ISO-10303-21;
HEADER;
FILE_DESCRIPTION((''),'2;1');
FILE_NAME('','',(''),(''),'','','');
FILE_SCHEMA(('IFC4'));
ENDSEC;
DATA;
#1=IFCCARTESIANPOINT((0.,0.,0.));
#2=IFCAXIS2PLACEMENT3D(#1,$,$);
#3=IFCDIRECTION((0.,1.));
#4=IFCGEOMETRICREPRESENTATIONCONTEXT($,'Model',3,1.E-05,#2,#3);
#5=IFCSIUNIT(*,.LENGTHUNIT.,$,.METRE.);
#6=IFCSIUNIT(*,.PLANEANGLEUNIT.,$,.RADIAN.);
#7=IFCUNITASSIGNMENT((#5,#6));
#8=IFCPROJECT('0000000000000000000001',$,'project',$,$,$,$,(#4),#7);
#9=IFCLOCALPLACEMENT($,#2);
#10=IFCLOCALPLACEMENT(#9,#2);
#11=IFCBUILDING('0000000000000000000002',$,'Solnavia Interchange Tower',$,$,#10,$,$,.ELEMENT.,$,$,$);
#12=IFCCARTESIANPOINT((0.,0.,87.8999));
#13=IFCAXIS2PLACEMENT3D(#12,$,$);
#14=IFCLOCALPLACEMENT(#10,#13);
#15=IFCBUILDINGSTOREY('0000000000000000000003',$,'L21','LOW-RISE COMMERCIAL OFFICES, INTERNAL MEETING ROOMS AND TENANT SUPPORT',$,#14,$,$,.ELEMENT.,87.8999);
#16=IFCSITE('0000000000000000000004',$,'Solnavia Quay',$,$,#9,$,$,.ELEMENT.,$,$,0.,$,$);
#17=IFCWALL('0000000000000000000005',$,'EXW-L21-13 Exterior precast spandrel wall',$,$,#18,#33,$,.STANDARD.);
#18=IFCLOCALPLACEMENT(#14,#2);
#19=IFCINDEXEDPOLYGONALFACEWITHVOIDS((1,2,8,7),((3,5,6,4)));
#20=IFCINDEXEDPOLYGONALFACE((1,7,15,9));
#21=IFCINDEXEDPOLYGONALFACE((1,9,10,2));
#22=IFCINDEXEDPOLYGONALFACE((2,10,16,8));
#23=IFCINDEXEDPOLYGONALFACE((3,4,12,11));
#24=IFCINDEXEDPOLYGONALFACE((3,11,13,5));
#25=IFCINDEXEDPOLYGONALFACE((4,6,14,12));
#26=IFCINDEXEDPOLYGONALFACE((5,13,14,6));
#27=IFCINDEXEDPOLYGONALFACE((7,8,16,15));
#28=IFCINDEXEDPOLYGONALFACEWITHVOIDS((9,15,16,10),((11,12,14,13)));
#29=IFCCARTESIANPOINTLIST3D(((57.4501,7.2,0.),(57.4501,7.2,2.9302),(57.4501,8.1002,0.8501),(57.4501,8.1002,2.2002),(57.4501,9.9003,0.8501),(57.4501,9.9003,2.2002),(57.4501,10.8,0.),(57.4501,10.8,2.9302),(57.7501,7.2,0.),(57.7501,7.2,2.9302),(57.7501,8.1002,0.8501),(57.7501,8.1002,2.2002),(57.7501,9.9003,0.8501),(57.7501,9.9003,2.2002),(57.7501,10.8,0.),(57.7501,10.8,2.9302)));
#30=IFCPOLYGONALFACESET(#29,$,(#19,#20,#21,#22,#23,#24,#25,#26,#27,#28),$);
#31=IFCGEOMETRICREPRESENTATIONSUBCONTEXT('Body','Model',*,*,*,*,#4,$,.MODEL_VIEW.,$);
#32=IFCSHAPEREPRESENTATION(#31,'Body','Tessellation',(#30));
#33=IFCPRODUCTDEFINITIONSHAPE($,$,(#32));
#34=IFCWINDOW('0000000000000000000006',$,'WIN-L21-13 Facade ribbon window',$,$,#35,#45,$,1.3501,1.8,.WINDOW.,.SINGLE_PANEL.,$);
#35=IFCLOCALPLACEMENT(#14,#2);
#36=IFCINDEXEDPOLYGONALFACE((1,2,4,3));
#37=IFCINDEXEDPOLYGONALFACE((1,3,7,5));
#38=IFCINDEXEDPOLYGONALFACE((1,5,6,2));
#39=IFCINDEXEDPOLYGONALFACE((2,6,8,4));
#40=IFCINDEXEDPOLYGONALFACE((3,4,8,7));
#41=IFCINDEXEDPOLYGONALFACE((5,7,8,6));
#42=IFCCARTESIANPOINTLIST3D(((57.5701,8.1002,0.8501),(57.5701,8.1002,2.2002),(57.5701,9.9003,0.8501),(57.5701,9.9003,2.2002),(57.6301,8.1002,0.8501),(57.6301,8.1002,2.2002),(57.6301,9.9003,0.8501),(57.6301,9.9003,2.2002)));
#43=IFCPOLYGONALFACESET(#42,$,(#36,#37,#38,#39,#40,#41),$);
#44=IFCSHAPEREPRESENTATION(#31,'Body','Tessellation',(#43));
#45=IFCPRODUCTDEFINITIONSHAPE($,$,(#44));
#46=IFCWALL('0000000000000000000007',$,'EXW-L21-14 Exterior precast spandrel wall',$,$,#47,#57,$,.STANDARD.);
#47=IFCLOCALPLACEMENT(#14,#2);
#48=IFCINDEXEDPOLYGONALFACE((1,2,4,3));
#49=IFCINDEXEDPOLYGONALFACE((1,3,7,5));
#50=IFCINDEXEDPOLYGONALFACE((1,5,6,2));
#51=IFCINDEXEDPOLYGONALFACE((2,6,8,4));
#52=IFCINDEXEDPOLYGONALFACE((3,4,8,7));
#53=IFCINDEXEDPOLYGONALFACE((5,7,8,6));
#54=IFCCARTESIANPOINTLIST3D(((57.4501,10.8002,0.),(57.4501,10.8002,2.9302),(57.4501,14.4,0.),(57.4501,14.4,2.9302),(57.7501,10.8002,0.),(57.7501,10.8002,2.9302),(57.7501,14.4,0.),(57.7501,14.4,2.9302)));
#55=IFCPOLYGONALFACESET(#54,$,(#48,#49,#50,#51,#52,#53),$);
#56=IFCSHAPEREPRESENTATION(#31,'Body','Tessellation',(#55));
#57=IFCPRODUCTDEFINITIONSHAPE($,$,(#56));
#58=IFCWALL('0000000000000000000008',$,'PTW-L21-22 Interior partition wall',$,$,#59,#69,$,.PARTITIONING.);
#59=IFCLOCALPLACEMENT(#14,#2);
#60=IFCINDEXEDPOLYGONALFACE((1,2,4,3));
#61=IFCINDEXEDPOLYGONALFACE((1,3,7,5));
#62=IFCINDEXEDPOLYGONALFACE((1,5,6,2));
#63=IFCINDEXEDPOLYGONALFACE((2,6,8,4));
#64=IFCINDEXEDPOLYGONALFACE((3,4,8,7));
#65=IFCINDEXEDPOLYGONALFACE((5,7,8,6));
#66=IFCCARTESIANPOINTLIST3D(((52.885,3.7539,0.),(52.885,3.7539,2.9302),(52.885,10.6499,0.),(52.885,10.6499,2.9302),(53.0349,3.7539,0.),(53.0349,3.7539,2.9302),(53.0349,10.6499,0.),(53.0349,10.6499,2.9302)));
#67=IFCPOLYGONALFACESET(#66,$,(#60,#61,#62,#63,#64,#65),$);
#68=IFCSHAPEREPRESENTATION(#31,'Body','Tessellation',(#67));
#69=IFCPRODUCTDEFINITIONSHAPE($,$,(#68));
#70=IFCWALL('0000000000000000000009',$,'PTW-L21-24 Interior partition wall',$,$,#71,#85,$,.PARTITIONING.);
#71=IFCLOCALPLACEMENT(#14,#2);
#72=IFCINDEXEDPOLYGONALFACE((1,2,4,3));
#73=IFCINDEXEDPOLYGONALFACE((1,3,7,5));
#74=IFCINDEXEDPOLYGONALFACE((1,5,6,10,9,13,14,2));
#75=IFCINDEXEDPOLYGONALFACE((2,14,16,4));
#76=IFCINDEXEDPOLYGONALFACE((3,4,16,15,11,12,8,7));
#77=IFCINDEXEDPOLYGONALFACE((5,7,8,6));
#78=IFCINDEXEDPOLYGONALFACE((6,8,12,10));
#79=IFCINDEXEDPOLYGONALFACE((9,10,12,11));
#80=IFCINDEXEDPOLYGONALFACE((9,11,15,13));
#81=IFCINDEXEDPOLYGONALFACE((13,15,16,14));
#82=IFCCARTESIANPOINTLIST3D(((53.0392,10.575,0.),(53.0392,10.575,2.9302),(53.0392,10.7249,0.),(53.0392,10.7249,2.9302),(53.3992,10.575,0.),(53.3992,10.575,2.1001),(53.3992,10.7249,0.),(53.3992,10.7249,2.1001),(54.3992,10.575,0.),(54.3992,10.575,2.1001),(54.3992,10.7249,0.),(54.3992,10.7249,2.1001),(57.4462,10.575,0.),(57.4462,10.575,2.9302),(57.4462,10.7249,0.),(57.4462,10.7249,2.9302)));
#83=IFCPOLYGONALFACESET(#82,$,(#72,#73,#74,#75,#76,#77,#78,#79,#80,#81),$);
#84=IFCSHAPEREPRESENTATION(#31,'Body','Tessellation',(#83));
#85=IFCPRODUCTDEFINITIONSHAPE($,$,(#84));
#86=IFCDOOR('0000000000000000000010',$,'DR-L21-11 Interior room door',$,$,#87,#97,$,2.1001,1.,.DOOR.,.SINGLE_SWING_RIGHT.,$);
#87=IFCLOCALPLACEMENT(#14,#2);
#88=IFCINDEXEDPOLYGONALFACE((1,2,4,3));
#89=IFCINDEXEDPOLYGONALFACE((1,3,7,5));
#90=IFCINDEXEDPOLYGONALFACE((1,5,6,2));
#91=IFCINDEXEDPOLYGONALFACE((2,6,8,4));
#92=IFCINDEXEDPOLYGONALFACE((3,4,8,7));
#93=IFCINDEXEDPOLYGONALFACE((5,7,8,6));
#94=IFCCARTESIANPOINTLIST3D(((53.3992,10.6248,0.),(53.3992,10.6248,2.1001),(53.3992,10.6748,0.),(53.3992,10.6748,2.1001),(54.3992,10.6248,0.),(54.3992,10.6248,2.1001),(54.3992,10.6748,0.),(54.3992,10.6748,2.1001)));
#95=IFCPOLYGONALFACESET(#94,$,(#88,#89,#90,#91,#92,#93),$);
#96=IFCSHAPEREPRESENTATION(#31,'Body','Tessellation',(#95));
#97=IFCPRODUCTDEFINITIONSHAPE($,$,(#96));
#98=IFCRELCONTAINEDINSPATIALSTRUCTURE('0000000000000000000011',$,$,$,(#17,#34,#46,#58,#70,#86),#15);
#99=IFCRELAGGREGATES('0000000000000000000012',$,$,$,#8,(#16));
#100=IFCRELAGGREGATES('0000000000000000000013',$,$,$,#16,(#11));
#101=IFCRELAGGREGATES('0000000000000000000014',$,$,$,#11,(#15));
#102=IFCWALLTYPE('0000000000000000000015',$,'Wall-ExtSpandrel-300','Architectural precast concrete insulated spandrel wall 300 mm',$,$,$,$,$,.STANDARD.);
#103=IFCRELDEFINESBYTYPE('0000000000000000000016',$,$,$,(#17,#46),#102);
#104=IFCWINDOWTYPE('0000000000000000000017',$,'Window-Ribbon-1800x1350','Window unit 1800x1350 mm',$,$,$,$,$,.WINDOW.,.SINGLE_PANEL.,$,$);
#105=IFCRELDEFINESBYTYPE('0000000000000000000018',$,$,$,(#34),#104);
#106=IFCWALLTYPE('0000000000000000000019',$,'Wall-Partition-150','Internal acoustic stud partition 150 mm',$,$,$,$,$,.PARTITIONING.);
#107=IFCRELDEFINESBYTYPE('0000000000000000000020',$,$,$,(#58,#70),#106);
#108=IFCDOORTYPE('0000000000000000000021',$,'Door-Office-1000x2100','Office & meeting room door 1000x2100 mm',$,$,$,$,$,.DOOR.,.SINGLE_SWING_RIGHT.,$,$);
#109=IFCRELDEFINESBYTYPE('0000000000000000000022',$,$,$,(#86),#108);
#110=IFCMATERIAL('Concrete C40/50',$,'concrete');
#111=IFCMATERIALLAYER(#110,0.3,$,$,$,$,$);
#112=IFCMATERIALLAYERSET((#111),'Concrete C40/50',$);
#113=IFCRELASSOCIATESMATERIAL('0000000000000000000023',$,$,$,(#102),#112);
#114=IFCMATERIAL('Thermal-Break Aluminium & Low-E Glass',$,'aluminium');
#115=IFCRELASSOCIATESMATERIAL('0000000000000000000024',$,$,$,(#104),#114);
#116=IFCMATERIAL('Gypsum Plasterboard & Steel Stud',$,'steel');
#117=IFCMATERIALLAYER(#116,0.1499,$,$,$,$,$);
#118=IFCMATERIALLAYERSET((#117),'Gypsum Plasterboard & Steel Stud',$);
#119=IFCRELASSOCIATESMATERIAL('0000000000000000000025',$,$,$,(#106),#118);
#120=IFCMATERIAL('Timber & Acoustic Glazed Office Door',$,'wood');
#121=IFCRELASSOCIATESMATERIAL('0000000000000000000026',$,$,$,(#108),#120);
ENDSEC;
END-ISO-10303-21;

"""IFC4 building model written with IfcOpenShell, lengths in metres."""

from ifc_helpers import new_model, si_unit, direction, frame, frame_2d, origin, place, context, subcontext, project, spatial, rectangle, extrude, material, layer, layer_set, type_object, element, fill, save


model = new_model("IFC4")

# Units and contexts
model_context = context("Model", 3, precision=1e-05, world=origin(), true_north=direction((0.0, 1.0)))
body_context = subcontext(model_context, "Body", "Model", "MODEL_VIEW")
ifc_project = project(units=[si_unit("LENGTHUNIT", "METRE"), si_unit("PLANEANGLEUNIT", "RADIAN")], contexts=[model_context])

# Site, building, storey
site_placement = place(None, origin())
site = spatial("IfcSite", under=ifc_project, at=site_placement, Name="Solnavia Quay", CompositionType="ELEMENT", RefElevation=0.0)
building_placement = place(site_placement, origin())
building = spatial("IfcBuilding", under=site, at=building_placement, Name="Solnavia Interchange Tower", CompositionType="ELEMENT")
storey_placement = place(building_placement, frame((0.0, 0.0, 87.8999)))
storey = spatial("IfcBuildingStorey", under=building, at=storey_placement, Name="L21", Description="LOW-RISE COMMERCIAL OFFICES, INTERNAL MEETING ROOMS AND TENANT SUPPORT", CompositionType="ELEMENT", Elevation=87.8999)

# Shared definitions
ifc_material_1 = material(Name="Concrete C40/50", Category="concrete")
ifc_layer_1 = layer(ifc_material_1, 0.3)
ifc_layer_set_1 = layer_set([ifc_layer_1], Name="Concrete C40/50")
wall_type_1 = type_object("IfcWallType", Name="Wall-ExtSpandrel-300", Description="Architectural precast concrete insulated spandrel wall 300 mm", PredefinedType="STANDARD", material=ifc_layer_set_1)

# Wall, opening, window
wall_1_placement = place(storey_placement, frame((57.6001, 10.8, 0.0), z_axis=(0.0, 0.0, 1.0), x_axis=(0.0, -1.0, 0.0)))
wall_1 = element("IfcWall", 1, at=wall_1_placement, inside=storey, type_object=wall_type_1, Name="EXW-L21-13 Exterior precast spandrel wall", PredefinedType="STANDARD", context=body_context, shape_type="SweptSolid", body=[
    extrude(rectangle(XDim=3.6001, YDim=0.3, at=frame_2d((1.8, 0.0))), origin(), (0.0, 0.0, 1.0), 2.9302),
])
opening_1_placement = place(wall_1_placement, frame((0.8999, 0.0, 0.8501)))
opening_1 = element("IfcOpeningElement", 2, at=opening_1_placement, cuts=wall_1, PredefinedType="OPENING", context=body_context, shape_type="SweptSolid", body=[
    extrude(rectangle(XDim=1.8, YDim=1.3501, at=frame_2d((0.8999, 0.675))), frame((0.0, 0.1602, 0.0), z_axis=(0.0, -1.0, 0.0), x_axis=(1.0, 0.0, 0.0)), (0.0, 0.0, 1.0), 0.3201),
])
ifc_material_2 = material(Name="Thermal-Break Aluminium & Low-E Glass", Category="aluminium")
window_type = type_object("IfcWindowType", Name="Window-Ribbon-1800x1350", Description="Window unit 1800x1350 mm", PartitioningType="SINGLE_PANEL", PredefinedType="WINDOW", material=ifc_material_2)
window_placement = place(opening_1_placement, origin())
window = element("IfcWindow", 3, at=window_placement, inside=storey, type_object=window_type, Name="WIN-L21-13 Facade ribbon window", OverallHeight=1.3501, OverallWidth=1.8, PartitioningType="SINGLE_PANEL", PredefinedType="WINDOW", context=body_context, shape_type="SweptSolid", body=[
    extrude(rectangle(XDim=1.8, YDim=1.3501, at=frame_2d((0.8999, 0.675))), frame((0.0, 0.03, 0.0), z_axis=(0.0, -1.0, 0.0), x_axis=(1.0, 0.0, 0.0)), (0.0, 0.0, 1.0), 0.0601),
])
fill(opening_1, window)

# Walls
wall_2_placement = place(storey_placement, frame((57.6001, 14.3999, 0.0), z_axis=(0.0, 0.0, 1.0), x_axis=(0.0, -1.0, 0.0)))
element("IfcWall", 4, at=wall_2_placement, inside=storey, type_object=wall_type_1, Name="EXW-L21-14 Exterior precast spandrel wall", PredefinedType="STANDARD", context=body_context, shape_type="SweptSolid", body=[
    extrude(rectangle(XDim=3.5999, YDim=0.3, at=frame_2d((1.7998, 0.0))), origin(), (0.0, 0.0, 1.0), 2.9302),
])
ifc_material_3 = material(Name="Gypsum Plasterboard & Steel Stud", Category="steel")
ifc_layer_2 = layer(ifc_material_3, 0.1499)
ifc_layer_set_2 = layer_set([ifc_layer_2], Name="Gypsum Plasterboard & Steel Stud")
wall_type_2 = type_object("IfcWallType", Name="Wall-Partition-150", Description="Internal acoustic stud partition 150 mm", PredefinedType="PARTITIONING", material=ifc_layer_set_2)
wall_3_placement = place(storey_placement, frame((52.96, 3.7539, 0.0), z_axis=(0.0, 0.0, 1.0), x_axis=(0.0, 1.0, 0.0)))
element("IfcWall", 5, at=wall_3_placement, inside=storey, type_object=wall_type_2, Name="PTW-L21-22 Interior partition wall", PredefinedType="PARTITIONING", context=body_context, shape_type="SweptSolid", body=[
    extrude(rectangle(XDim=6.896, YDim=0.1499, at=frame_2d((3.448, 0.0))), origin(), (0.0, 0.0, 1.0), 2.9302),
])

# Wall, opening, door
wall_4_placement = place(storey_placement, frame((53.0391, 10.6499, 0.0), z_axis=(0.0, 0.0, 1.0), x_axis=(1.0, 0.0, 0.0)))
wall_4 = element("IfcWall", 6, at=wall_4_placement, inside=storey, type_object=wall_type_2, Name="PTW-L21-24 Interior partition wall", PredefinedType="PARTITIONING", context=body_context, shape_type="SweptSolid", body=[
    extrude(rectangle(XDim=4.407, YDim=0.1499, at=frame_2d((2.2036, 0.0))), origin(), (0.0, 0.0, 1.0), 2.9302),
])
opening_2_placement = place(wall_4_placement, frame((0.3601, 0.0, 0.0)))
opening_2 = element("IfcOpeningElement", 7, at=opening_2_placement, cuts=wall_4, PredefinedType="OPENING", context=body_context, shape_type="SweptSolid", body=[
    extrude(rectangle(XDim=1.0, YDim=2.1001, at=frame_2d((0.5, 1.05))), frame((0.0, 0.085, 0.0), z_axis=(0.0, -1.0, 0.0), x_axis=(1.0, 0.0, 0.0)), (0.0, 0.0, 1.0), 0.1699),
])
ifc_material_4 = material(Name="Timber & Acoustic Glazed Office Door", Category="wood")
door_type = type_object("IfcDoorType", Name="Door-Office-1000x2100", Description="Office & meeting room door 1000x2100 mm", OperationType="SINGLE_SWING_RIGHT", PredefinedType="DOOR", material=ifc_material_4)
door_placement = place(opening_2_placement, origin())
door = element("IfcDoor", 8, at=door_placement, inside=storey, type_object=door_type, Name="DR-L21-11 Interior room door", OperationType="SINGLE_SWING_RIGHT", OverallHeight=2.1001, OverallWidth=1.0, PredefinedType="DOOR", context=body_context, shape_type="SweptSolid", body=[
    extrude(rectangle(XDim=1.0, YDim=2.1001, at=frame_2d((0.5, 1.05))), frame((0.0, 0.0249, 0.0), z_axis=(0.0, -1.0, 0.0), x_axis=(1.0, 0.0, 0.0)), (0.0, 0.0, 1.0), 0.05),
])
fill(opening_2, door)

save(model, "model.ifc")
